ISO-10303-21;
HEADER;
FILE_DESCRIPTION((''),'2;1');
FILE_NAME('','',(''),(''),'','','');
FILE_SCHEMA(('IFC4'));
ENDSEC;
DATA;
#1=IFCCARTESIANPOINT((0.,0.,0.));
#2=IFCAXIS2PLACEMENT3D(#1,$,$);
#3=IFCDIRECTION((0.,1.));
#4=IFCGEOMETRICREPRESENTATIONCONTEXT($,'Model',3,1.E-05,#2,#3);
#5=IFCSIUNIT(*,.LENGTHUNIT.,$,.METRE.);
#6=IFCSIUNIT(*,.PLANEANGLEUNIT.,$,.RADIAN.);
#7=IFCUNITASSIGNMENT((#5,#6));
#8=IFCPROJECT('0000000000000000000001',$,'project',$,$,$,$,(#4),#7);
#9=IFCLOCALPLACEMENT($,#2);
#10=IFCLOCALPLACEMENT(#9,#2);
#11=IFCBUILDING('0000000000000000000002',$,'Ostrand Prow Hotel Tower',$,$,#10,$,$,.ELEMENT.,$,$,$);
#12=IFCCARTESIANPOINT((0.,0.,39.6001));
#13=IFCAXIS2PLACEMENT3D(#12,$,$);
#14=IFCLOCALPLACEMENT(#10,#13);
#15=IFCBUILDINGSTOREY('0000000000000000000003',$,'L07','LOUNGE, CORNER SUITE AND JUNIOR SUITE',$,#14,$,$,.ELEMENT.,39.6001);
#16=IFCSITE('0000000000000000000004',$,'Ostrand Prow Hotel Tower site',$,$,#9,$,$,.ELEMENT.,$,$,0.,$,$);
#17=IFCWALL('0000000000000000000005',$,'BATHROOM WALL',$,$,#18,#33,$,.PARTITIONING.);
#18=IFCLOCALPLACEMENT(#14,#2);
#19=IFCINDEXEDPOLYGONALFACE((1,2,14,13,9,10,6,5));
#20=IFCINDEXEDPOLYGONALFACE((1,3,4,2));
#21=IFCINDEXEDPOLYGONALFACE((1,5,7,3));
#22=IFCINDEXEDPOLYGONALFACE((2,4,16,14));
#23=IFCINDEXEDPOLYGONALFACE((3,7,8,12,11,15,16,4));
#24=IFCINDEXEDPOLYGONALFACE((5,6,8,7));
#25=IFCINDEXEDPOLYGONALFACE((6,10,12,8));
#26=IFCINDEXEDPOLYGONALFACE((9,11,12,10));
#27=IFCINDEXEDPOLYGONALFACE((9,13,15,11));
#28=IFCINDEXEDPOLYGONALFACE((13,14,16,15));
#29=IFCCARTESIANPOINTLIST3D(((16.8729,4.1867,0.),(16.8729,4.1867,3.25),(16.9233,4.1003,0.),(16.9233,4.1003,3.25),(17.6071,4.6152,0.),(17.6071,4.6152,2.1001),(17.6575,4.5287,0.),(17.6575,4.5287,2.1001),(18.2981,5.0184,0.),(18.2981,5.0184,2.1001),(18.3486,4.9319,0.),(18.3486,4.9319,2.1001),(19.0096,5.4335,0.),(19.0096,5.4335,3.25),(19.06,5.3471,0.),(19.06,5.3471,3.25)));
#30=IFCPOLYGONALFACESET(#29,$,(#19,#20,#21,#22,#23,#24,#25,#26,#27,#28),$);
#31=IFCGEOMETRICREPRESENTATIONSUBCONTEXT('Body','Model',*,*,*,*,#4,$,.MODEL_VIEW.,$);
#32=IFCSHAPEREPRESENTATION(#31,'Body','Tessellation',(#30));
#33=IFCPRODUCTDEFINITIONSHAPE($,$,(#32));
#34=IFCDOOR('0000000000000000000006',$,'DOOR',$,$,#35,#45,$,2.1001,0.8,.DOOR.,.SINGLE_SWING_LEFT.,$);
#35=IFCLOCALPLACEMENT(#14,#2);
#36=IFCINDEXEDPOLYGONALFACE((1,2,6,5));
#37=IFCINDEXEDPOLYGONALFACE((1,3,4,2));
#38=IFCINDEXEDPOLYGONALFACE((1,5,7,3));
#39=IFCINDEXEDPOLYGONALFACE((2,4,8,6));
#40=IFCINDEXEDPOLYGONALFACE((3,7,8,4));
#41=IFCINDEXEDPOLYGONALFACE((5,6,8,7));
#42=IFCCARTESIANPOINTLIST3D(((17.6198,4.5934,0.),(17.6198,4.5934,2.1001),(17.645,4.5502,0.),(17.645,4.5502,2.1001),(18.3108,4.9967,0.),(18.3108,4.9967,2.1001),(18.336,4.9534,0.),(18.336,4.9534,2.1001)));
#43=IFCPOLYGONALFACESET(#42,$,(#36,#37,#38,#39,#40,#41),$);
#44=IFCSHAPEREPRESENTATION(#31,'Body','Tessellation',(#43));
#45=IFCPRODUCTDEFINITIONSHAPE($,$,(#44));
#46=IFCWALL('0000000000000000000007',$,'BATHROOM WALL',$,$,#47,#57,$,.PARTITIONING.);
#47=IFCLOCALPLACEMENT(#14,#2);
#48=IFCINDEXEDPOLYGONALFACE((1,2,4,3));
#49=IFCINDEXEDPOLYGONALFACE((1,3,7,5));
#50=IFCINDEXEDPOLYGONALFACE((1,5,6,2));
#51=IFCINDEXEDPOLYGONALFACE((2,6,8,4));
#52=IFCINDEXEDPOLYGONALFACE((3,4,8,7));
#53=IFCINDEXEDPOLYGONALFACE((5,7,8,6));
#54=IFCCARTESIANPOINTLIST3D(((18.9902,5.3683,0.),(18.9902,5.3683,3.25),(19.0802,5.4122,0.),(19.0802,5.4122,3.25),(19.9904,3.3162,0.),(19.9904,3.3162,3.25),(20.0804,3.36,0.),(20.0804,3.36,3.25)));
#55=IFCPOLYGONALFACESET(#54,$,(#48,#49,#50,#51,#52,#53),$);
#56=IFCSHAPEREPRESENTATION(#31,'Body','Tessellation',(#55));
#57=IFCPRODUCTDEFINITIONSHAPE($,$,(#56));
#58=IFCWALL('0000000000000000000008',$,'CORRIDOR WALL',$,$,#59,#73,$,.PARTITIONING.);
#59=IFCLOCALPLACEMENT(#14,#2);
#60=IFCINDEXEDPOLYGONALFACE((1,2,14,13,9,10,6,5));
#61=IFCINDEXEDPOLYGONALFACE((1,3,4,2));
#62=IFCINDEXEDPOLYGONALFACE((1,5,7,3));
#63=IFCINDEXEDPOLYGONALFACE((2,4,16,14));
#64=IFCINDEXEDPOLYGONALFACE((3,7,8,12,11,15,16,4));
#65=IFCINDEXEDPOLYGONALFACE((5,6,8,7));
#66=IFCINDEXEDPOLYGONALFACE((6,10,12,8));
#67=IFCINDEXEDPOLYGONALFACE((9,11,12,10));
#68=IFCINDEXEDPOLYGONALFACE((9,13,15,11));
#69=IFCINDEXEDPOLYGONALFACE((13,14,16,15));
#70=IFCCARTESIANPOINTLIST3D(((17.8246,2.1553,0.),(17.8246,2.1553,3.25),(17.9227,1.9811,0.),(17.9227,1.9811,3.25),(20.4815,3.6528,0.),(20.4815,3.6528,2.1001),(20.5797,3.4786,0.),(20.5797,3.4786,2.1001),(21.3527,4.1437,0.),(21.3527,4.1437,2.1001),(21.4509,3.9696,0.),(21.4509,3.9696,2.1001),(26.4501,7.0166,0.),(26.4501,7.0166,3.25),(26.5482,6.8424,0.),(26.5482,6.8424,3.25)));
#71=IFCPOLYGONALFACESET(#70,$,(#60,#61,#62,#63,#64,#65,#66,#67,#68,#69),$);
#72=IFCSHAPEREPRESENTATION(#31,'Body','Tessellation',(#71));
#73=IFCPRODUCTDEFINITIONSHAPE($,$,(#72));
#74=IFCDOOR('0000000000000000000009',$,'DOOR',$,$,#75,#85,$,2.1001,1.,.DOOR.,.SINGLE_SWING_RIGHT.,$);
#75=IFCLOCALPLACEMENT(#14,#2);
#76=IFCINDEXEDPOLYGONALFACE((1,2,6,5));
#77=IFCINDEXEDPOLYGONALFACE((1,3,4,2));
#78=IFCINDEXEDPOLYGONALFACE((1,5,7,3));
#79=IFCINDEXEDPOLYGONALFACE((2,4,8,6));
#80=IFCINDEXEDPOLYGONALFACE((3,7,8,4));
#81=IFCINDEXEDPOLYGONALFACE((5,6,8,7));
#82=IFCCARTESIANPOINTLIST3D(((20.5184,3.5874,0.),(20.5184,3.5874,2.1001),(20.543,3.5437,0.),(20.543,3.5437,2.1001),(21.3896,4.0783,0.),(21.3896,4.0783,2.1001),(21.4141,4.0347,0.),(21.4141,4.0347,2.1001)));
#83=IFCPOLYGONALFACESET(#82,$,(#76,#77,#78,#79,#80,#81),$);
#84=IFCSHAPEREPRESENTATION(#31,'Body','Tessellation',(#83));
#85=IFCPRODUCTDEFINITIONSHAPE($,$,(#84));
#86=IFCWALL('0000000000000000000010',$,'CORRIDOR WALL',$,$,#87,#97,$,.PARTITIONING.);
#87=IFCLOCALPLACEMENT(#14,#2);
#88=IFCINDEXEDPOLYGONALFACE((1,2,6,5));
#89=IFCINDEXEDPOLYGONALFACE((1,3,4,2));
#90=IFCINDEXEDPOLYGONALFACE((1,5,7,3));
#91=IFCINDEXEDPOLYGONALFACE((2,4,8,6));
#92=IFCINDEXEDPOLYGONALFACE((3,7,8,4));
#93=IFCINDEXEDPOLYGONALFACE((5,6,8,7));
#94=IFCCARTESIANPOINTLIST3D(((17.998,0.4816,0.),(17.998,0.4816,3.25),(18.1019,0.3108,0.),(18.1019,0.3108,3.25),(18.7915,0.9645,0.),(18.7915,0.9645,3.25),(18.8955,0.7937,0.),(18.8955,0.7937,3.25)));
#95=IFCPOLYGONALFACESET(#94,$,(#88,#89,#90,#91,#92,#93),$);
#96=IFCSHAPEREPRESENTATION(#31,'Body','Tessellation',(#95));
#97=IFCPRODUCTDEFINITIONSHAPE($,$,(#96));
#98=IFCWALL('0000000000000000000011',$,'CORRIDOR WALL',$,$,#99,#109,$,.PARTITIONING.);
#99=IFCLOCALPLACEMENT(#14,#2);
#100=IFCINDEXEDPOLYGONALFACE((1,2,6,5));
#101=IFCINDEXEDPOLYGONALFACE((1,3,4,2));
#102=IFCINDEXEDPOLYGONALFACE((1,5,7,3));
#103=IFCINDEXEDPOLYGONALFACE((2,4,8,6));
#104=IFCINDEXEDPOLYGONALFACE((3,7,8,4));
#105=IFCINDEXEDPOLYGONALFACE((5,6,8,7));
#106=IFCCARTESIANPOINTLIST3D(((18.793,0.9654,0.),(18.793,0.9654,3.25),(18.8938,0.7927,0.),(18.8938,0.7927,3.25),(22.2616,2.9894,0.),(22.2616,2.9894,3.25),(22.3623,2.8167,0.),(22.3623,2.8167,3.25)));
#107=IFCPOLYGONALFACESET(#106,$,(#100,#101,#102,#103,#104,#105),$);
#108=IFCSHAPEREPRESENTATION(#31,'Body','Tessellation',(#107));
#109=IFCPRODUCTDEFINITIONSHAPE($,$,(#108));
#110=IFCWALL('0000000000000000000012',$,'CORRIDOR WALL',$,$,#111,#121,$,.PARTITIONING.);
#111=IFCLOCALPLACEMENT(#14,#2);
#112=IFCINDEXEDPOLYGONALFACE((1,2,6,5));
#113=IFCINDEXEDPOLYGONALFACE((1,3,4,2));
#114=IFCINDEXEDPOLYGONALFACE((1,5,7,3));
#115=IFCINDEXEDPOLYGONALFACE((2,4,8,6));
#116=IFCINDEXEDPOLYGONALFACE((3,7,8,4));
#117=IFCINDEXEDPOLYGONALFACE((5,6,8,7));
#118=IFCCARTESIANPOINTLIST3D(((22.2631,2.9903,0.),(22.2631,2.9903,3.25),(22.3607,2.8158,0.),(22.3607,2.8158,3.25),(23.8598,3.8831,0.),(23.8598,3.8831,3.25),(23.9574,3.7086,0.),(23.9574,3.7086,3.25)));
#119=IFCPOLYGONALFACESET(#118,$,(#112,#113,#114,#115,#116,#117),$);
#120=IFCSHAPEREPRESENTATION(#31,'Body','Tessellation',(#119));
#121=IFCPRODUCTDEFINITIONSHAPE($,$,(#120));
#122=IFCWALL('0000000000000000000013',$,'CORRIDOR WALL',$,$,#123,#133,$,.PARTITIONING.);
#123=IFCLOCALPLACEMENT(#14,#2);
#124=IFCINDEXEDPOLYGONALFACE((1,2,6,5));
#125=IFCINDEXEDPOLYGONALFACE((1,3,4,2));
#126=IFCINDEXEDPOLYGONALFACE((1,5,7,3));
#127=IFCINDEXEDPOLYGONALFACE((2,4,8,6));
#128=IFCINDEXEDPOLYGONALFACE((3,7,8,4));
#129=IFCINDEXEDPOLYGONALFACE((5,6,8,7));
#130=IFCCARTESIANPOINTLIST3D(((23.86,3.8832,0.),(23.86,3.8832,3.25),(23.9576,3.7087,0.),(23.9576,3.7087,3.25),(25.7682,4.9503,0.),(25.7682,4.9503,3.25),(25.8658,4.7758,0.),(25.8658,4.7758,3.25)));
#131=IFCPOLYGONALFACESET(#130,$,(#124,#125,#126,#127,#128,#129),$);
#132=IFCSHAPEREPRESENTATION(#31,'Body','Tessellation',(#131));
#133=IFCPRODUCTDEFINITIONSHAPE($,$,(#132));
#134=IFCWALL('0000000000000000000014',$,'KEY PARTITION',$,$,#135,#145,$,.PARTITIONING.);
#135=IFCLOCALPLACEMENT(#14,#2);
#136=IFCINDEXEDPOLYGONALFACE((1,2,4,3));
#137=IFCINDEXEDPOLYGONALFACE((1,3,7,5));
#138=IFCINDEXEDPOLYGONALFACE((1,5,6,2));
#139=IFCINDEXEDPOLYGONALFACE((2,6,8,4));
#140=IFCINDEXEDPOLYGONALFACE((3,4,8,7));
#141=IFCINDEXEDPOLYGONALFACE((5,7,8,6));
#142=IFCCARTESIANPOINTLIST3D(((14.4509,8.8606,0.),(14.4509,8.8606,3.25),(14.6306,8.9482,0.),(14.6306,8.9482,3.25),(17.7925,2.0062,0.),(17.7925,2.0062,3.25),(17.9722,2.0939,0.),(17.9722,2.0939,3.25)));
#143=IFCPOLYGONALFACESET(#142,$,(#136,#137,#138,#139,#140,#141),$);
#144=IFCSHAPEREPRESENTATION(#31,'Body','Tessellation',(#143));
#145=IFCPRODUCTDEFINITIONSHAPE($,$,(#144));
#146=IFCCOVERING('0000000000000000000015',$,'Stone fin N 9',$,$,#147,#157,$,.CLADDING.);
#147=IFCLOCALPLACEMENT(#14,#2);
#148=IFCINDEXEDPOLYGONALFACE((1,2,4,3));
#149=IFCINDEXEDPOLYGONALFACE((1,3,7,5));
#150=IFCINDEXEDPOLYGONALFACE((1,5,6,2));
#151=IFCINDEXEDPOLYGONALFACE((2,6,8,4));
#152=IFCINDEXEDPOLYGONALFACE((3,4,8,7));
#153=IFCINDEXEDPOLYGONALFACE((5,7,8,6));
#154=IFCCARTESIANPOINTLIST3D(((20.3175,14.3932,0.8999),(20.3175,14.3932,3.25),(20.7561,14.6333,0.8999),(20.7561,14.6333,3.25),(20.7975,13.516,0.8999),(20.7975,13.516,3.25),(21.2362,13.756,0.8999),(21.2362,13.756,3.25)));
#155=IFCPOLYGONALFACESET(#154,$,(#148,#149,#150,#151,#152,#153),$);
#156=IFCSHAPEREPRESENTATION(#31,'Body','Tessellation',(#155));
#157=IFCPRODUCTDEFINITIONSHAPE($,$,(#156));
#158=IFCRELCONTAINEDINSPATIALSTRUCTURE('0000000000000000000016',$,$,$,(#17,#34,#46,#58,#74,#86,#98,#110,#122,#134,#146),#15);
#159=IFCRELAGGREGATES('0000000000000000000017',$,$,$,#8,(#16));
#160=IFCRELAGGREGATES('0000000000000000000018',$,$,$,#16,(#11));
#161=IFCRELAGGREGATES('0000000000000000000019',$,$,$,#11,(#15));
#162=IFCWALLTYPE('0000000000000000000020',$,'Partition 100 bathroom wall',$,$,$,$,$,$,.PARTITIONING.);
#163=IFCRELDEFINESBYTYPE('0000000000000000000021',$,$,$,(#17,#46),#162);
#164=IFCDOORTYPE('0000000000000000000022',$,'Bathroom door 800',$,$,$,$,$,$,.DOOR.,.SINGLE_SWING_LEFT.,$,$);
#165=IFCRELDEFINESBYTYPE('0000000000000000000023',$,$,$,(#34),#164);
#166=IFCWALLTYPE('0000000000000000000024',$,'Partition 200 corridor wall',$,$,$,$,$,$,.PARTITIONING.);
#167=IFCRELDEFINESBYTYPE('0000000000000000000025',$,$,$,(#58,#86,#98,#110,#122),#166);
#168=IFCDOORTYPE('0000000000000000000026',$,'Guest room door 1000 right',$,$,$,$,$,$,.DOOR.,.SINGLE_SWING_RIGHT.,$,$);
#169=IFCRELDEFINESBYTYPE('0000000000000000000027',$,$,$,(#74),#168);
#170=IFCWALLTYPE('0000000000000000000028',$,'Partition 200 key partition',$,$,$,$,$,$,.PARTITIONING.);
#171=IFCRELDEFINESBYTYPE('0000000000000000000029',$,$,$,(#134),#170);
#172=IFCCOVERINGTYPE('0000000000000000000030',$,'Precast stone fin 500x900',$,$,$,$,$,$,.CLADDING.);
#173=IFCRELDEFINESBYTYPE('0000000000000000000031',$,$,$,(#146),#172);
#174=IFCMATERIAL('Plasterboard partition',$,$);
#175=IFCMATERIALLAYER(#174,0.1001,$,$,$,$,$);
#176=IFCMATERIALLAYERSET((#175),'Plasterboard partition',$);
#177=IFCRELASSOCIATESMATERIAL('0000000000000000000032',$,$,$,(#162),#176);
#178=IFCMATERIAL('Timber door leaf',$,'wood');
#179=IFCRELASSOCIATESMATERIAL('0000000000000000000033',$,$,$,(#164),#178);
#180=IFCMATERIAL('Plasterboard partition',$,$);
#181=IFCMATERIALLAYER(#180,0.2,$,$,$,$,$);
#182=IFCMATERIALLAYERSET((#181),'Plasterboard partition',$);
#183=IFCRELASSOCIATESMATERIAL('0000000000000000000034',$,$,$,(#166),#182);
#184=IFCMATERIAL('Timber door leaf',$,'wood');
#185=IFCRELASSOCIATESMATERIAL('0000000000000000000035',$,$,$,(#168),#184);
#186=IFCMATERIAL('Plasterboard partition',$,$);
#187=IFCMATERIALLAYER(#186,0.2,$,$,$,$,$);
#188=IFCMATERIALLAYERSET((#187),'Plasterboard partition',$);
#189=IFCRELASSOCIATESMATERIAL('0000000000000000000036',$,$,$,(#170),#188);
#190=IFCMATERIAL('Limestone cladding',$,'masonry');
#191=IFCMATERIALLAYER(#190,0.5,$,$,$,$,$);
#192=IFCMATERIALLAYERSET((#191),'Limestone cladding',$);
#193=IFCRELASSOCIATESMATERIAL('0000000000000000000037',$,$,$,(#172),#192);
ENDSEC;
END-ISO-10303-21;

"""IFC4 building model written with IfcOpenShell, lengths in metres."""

from ifc_helpers import new_model, si_unit, direction, frame, frame_2d, origin, place, context, subcontext, project, spatial, rectangle, extrude, material, layer, layer_set, type_object, element, fill, save


model = new_model("IFC4")

# Units and contexts
model_context = context("Model", 3, precision=1e-05, world=origin(), true_north=direction((0.0, 1.0)))
body_context = subcontext(model_context, "Body", "Model", "MODEL_VIEW")
ifc_project = project(units=[si_unit("LENGTHUNIT", "METRE"), si_unit("PLANEANGLEUNIT", "RADIAN")], contexts=[model_context])

# Site, building, storey
site_placement = place(None, origin())
site = spatial("IfcSite", under=ifc_project, at=site_placement, Name="Ostrand Prow Hotel Tower site", CompositionType="ELEMENT", RefElevation=0.0)
building_placement = place(site_placement, origin())
building = spatial("IfcBuilding", under=site, at=building_placement, Name="Ostrand Prow Hotel Tower", CompositionType="ELEMENT")
storey_placement = place(building_placement, frame((0.0, 0.0, 39.6001)))
storey = spatial("IfcBuildingStorey", under=building, at=storey_placement, Name="L07", Description="LOUNGE, CORNER SUITE AND JUNIOR SUITE", CompositionType="ELEMENT", Elevation=39.6001)

# Wall, opening, door
ifc_material_1 = material(Name="Plasterboard partition")
ifc_layer_1 = layer(ifc_material_1, 0.1001)
ifc_layer_set_1 = layer_set([ifc_layer_1], Name="Plasterboard partition")
wall_type_1 = type_object("IfcWallType", Name="Partition 100 bathroom wall", PredefinedType="PARTITIONING", material=ifc_layer_set_1)
wall_1_placement = place(storey_placement, frame((16.8982, 4.1436, 0.0), z_axis=(0.0, 0.0, 1.0), x_axis=(0.863707, 0.503994, 0.0)))
wall_1 = element("IfcWall", 1, at=wall_1_placement, inside=storey, type_object=wall_type_1, Name="BATHROOM WALL", PredefinedType="PARTITIONING", context=body_context, shape_type="SweptSolid", body=[
    extrude(rectangle(XDim=2.4739, YDim=0.1001, at=frame_2d((1.2368, 0.0))), origin(), (0.0, 0.0, 1.0), 3.25),
])
opening_1_placement = place(wall_1_placement, frame((0.8501, 0.0, 0.0)))
opening_1 = element("IfcOpeningElement", 2, at=opening_1_placement, cuts=wall_1, PredefinedType="OPENING", context=body_context, shape_type="SweptSolid", body=[
    extrude(rectangle(XDim=0.8, YDim=2.1001, at=frame_2d((0.3999, 1.05))), frame((0.0, 0.0601, 0.0), z_axis=(0.0, -1.0, 0.0), x_axis=(1.0, 0.0, 0.0)), (0.0, 0.0, 1.0), 0.1201),
])
ifc_material_2 = material(Name="Timber door leaf", Category="wood")
door_type_1 = type_object("IfcDoorType", Name="Bathroom door 800", OperationType="SINGLE_SWING_LEFT", PredefinedType="DOOR", material=ifc_material_2)
door_1_placement = place(opening_1_placement, origin())
door_1 = element("IfcDoor", 3, at=door_1_placement, inside=storey, type_object=door_type_1, Name="DOOR", OperationType="SINGLE_SWING_LEFT", OverallHeight=2.1001, OverallWidth=0.8, PredefinedType="DOOR", context=body_context, shape_type="SweptSolid", body=[
    extrude(rectangle(XDim=0.8, YDim=2.1001, at=frame_2d((0.3999, 1.05))), frame((0.0, 0.0249, 0.0), z_axis=(0.0, -1.0, 0.0), x_axis=(1.0, 0.0, 0.0)), (0.0, 0.0, 1.0), 0.05),
])
fill(opening_1, door_1)

# Wall
wall_2_placement = place(storey_placement, frame((19.0352, 5.3904, 0.0), z_axis=(0.0, 0.0, 1.0), x_axis=(0.438122, -0.898915, 0.0)))
element("IfcWall", 4, at=wall_2_placement, inside=storey, type_object=wall_type_1, Name="BATHROOM WALL", PredefinedType="PARTITIONING", context=body_context, shape_type="SweptSolid", body=[
    extrude(rectangle(XDim=2.283, YDim=0.1001, at=frame_2d((1.1416, 0.0))), origin(), (0.0, 0.0, 1.0), 3.25),
])

# Wall, opening, door
ifc_material_3 = material(Name="Plasterboard partition")
ifc_layer_2 = layer(ifc_material_3, 0.2)
ifc_layer_set_2 = layer_set([ifc_layer_2], Name="Plasterboard partition")
wall_type_2 = type_object("IfcWallType", Name="Partition 200 corridor wall", PredefinedType="PARTITIONING", material=ifc_layer_set_2)
wall_3_placement = place(storey_placement, frame((17.8735, 2.0681, 0.0), z_axis=(0.0, 0.0, 1.0), x_axis=(0.871166, 0.490989, 0.0)))
wall_3 = element("IfcWall", 5, at=wall_3_placement, inside=storey, type_object=wall_type_2, Name="CORRIDOR WALL", PredefinedType="PARTITIONING", context=body_context, shape_type="SweptSolid", body=[
    extrude(rectangle(XDim=9.9011, YDim=0.2, at=frame_2d((4.9507, 0.0))), origin(), (0.0, 0.0, 1.0), 3.25),
])
opening_2_placement = place(wall_3_placement, frame((3.05, 0.0, 0.0)))
opening_2 = element("IfcOpeningElement", 6, at=opening_2_placement, cuts=wall_3, PredefinedType="OPENING", context=body_context, shape_type="SweptSolid", body=[
    extrude(rectangle(XDim=1.0, YDim=2.1001, at=frame_2d((0.5, 1.05))), frame((0.0, 0.1099, 0.0), z_axis=(0.0, -1.0, 0.0), x_axis=(1.0, 0.0, 0.0)), (0.0, 0.0, 1.0), 0.22),
])
ifc_material_4 = material(Name="Timber door leaf", Category="wood")
door_type_2 = type_object("IfcDoorType", Name="Guest room door 1000 right", OperationType="SINGLE_SWING_RIGHT", PredefinedType="DOOR", material=ifc_material_4)
door_2_placement = place(opening_2_placement, origin())
door_2 = element("IfcDoor", 7, at=door_2_placement, inside=storey, type_object=door_type_2, Name="DOOR", OperationType="SINGLE_SWING_RIGHT", OverallHeight=2.1001, OverallWidth=1.0, PredefinedType="DOOR", context=body_context, shape_type="SweptSolid", body=[
    extrude(rectangle(XDim=1.0, YDim=2.1001, at=frame_2d((0.5, 1.05))), frame((0.0, 0.0249, 0.0), z_axis=(0.0, -1.0, 0.0), x_axis=(1.0, 0.0, 0.0)), (0.0, 0.0, 1.0), 0.05),
])
fill(opening_2, door_2)

# Walls
wall_4_placement = place(storey_placement, frame((18.05, 0.3962, 0.0), z_axis=(0.0, 0.0, 1.0), x_axis=(0.854229, 0.519897, 0.0)))
element("IfcWall", 8, at=wall_4_placement, inside=storey, type_object=wall_type_2, Name="CORRIDOR WALL", PredefinedType="PARTITIONING", context=body_context, shape_type="SweptSolid", body=[
    extrude(rectangle(XDim=0.929, YDim=0.2, at=frame_2d((0.4644, 0.0))), origin(), (0.0, 0.0, 1.0), 3.25),
])
wall_5_placement = place(storey_placement, frame((18.8435, 0.8792, 0.0), z_axis=(0.0, 0.0, 1.0), x_axis=(0.863711, 0.503988, 0.0)))
element("IfcWall", 9, at=wall_5_placement, inside=storey, type_object=wall_type_2, Name="CORRIDOR WALL", PredefinedType="PARTITIONING", context=body_context, shape_type="SweptSolid", body=[
    extrude(rectangle(XDim=4.0159, YDim=0.2, at=frame_2d((2.0078, 0.0))), origin(), (0.0, 0.0, 1.0), 3.25),
])
wall_6_placement = place(storey_placement, frame((22.312, 2.9031, 0.0), z_axis=(0.0, 0.0, 1.0), x_axis=(0.872813, 0.488055, 0.0)))
element("IfcWall", 10, at=wall_6_placement, inside=storey, type_object=wall_type_2, Name="CORRIDOR WALL", PredefinedType="PARTITIONING", context=body_context, shape_type="SweptSolid", body=[
    extrude(rectangle(XDim=1.8293, YDim=0.2, at=frame_2d((0.9146, 0.0))), origin(), (0.0, 0.0, 1.0), 3.25),
])
wall_7_placement = place(storey_placement, frame((23.9087, 3.7959, 0.0), z_axis=(0.0, 0.0, 1.0), x_axis=(0.87279, 0.488097, 0.0)))
element("IfcWall", 11, at=wall_7_placement, inside=storey, type_object=wall_type_2, Name="CORRIDOR WALL", PredefinedType="PARTITIONING", context=body_context, shape_type="SweptSolid", body=[
    extrude(rectangle(XDim=2.1863, YDim=0.2, at=frame_2d((1.0933, 0.0))), origin(), (0.0, 0.0, 1.0), 3.25),
])
ifc_material_5 = material(Name="Plasterboard partition")
ifc_layer_3 = layer(ifc_material_5, 0.2)
ifc_layer_set_3 = layer_set([ifc_layer_3], Name="Plasterboard partition")
wall_type_3 = type_object("IfcWallType", Name="Partition 200 key partition", PredefinedType="PARTITIONING", material=ifc_layer_set_3)
wall_8_placement = place(storey_placement, frame((17.8823, 2.05, 0.0), z_axis=(0.0, 0.0, 1.0), x_axis=(-0.438214, 0.898871, 0.0)))
element("IfcWall", 12, at=wall_8_placement, inside=storey, type_object=wall_type_3, Name="KEY PARTITION", PredefinedType="PARTITIONING", context=body_context, shape_type="SweptSolid", body=[
    extrude(rectangle(XDim=7.6255, YDim=0.2, at=frame_2d((3.8127, 0.0))), origin(), (0.0, 0.0, 1.0), 3.25),
])

# Covering
ifc_material_6 = material(Name="Limestone cladding", Category="masonry")
ifc_layer_4 = layer(ifc_material_6, 0.5)
ifc_layer_set_4 = layer_set([ifc_layer_4], Name="Limestone cladding")
covering_type = type_object("IfcCoveringType", Name="Precast stone fin 500x900", PredefinedType="CLADDING", material=ifc_layer_set_4)
covering_placement = place(storey_placement, frame((21.0168, 13.636, 0.8999), z_axis=(0.0, 0.0, 1.0), x_axis=(-0.480015, 0.87726, 0.0)))
element("IfcCovering", 13, at=covering_placement, inside=storey, type_object=covering_type, Name="Stone fin N 9", PredefinedType="CLADDING", context=body_context, shape_type="SweptSolid", body=[
    extrude(rectangle(XDim=1.0, YDim=0.5, at=frame_2d((0.5, 0.0))), origin(), (0.0, 0.0, 1.0), 2.3501),
])

save(model, "model.ifc")
